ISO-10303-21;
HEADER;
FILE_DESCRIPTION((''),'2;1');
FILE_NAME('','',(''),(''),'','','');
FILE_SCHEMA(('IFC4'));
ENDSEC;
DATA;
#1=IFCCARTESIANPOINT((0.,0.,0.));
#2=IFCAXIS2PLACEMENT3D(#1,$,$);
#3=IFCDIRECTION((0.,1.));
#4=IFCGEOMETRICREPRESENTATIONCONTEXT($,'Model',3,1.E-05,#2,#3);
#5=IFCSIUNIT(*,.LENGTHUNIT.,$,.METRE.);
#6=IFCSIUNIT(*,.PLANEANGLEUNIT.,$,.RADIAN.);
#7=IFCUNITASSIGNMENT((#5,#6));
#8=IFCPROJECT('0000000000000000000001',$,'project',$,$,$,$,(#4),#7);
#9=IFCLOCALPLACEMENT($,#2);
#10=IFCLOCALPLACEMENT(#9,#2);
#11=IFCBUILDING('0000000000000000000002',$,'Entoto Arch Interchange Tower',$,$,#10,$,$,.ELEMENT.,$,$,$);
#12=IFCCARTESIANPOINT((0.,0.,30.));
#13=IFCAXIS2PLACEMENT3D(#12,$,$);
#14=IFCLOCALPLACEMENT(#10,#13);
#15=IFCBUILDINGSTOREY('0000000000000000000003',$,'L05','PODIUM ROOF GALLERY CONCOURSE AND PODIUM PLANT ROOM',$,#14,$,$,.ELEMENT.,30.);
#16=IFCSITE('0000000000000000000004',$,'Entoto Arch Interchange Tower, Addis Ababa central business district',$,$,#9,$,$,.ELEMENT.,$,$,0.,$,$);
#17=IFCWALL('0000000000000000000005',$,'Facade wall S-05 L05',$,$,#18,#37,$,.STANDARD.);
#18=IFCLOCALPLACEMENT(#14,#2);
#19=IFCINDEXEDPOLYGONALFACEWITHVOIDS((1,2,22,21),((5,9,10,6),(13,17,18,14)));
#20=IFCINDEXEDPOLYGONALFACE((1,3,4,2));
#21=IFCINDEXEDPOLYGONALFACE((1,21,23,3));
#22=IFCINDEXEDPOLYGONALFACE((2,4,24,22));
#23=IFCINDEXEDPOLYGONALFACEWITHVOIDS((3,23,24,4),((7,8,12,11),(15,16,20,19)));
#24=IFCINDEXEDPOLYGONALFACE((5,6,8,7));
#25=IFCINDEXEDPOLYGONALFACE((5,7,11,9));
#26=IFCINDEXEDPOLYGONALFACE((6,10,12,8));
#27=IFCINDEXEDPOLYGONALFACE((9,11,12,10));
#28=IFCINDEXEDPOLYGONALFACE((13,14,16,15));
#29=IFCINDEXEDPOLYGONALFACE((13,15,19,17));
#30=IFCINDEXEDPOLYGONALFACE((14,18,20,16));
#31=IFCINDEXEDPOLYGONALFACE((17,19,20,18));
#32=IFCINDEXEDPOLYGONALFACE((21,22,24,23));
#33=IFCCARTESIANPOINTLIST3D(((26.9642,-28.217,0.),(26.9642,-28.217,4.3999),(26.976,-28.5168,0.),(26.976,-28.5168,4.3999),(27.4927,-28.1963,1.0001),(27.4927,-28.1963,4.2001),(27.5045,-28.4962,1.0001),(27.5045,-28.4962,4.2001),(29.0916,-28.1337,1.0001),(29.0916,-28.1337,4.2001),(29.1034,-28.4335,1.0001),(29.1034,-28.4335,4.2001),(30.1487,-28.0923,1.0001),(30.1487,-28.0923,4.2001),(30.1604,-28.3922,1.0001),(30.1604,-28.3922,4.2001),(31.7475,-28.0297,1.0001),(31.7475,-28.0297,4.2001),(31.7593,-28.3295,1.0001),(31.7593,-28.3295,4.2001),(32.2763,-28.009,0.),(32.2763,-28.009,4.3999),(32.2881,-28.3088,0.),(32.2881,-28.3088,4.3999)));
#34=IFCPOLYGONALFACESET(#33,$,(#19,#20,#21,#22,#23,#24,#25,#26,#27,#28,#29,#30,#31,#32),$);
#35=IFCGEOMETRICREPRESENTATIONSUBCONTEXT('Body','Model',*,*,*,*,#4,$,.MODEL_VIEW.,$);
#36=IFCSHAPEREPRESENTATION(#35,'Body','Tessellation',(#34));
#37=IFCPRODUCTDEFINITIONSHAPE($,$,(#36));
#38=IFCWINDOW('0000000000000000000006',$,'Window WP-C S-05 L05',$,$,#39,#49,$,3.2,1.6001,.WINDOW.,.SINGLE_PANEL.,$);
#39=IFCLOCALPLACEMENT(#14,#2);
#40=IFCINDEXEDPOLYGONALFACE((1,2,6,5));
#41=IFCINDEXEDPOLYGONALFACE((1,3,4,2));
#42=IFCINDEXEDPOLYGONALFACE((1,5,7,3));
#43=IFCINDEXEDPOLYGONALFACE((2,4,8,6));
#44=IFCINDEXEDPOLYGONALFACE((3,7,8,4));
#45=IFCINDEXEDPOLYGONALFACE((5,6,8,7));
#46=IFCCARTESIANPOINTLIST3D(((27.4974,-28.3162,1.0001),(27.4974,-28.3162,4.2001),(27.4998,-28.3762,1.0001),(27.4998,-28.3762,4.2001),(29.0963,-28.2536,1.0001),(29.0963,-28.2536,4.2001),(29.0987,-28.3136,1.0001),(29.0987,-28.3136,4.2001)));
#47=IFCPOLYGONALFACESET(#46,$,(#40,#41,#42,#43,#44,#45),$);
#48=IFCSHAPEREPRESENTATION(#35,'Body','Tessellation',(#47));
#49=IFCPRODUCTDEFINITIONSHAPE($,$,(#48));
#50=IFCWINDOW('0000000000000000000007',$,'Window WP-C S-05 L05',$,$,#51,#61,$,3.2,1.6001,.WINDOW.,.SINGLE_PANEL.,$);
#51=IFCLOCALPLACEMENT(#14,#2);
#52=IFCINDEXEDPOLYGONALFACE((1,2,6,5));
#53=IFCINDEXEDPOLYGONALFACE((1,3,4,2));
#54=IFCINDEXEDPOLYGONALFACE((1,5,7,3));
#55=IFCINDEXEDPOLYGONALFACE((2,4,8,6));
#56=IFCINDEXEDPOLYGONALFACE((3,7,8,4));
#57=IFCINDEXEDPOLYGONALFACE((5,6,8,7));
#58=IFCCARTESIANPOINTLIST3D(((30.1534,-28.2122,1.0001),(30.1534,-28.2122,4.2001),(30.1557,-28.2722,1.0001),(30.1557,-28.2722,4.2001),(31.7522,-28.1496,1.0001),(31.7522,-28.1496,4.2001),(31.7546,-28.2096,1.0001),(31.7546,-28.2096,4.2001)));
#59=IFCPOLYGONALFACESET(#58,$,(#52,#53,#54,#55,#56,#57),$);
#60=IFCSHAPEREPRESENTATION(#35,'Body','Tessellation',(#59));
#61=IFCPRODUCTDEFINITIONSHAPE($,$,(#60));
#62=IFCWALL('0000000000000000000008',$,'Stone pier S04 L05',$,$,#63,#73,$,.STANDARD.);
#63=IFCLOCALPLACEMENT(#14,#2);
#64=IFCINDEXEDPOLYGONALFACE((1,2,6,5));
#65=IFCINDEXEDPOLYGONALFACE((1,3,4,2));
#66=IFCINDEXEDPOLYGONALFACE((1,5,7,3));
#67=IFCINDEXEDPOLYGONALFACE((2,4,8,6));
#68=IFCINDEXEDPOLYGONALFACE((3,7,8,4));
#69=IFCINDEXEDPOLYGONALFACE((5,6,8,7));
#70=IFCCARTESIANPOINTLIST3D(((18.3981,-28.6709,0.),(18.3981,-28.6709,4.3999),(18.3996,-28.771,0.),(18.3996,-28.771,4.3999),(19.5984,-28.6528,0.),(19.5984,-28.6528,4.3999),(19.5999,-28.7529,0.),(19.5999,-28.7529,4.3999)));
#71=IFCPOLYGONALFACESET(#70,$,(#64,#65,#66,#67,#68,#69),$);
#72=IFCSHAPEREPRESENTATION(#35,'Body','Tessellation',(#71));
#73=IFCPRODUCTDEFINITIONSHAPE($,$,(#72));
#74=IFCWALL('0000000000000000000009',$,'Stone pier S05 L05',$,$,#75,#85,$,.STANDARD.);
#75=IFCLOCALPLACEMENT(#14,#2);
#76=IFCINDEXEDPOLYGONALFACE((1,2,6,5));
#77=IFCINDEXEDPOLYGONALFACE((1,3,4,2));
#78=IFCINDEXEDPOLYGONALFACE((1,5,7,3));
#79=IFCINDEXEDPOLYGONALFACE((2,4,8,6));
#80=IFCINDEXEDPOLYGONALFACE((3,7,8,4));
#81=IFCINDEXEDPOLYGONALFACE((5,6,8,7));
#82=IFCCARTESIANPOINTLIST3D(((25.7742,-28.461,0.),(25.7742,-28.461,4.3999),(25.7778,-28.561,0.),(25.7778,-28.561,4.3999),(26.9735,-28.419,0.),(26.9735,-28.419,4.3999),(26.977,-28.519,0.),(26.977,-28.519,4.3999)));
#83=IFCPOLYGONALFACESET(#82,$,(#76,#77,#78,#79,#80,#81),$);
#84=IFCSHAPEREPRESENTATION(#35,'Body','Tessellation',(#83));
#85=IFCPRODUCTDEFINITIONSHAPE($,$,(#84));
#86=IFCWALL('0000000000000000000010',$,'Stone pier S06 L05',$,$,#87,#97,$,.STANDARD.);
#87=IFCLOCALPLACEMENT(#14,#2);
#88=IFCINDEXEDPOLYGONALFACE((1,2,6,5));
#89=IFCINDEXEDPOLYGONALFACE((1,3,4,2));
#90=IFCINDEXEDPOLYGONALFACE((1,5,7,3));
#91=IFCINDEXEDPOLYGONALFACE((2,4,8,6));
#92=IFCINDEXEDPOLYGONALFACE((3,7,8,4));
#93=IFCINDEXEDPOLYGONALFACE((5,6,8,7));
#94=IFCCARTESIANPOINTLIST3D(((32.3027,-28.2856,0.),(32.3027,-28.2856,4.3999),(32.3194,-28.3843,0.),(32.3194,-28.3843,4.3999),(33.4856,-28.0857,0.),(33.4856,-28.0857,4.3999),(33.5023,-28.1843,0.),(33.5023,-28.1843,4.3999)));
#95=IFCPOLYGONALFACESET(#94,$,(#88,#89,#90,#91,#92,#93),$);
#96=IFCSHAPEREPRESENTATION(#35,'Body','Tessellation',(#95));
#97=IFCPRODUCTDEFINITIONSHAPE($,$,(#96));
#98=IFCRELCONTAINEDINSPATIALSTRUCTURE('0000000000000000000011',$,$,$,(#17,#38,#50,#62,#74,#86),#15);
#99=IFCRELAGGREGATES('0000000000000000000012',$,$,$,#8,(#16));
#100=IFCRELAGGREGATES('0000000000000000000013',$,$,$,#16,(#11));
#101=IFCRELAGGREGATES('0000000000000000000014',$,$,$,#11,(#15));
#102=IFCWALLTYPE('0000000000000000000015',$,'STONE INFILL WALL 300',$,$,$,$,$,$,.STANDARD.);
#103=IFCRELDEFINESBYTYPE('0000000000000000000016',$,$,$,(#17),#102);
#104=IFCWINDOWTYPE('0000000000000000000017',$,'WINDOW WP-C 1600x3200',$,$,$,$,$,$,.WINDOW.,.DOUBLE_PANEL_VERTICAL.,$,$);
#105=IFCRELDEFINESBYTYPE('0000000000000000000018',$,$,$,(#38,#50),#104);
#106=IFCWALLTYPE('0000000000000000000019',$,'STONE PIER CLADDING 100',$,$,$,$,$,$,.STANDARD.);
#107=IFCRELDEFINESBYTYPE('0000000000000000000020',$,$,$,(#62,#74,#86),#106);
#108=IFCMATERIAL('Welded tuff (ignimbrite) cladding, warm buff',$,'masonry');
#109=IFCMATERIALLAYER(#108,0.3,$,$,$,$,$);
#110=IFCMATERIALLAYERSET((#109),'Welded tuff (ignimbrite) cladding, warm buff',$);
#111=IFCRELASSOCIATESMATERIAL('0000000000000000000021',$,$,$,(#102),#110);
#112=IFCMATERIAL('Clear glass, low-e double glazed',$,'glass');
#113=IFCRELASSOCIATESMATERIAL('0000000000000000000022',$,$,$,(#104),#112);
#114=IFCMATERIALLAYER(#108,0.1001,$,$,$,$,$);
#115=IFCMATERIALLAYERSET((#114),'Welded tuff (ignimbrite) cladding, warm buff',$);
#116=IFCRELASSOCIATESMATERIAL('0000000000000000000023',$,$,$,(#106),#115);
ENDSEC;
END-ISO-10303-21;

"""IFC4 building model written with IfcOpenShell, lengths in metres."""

from ifc_helpers import new_model, si_unit, direction, frame, frame_2d, origin, place, context, subcontext, project, spatial, rectangle, extrude, material, layer, layer_set, type_object, element, fill, save


model = new_model("IFC4")

# Units and contexts
model_context = context("Model", 3, precision=1e-05, world=origin(), true_north=direction((0.0, 1.0)))
body_context = subcontext(model_context, "Body", "Model", "MODEL_VIEW")
ifc_project = project(units=[si_unit("LENGTHUNIT", "METRE"), si_unit("PLANEANGLEUNIT", "RADIAN")], contexts=[model_context])

# Site, building, storey
site_placement = place(None, origin())
site = spatial("IfcSite", under=ifc_project, at=site_placement, Name="Entoto Arch Interchange Tower, Addis Ababa central business district", CompositionType="ELEMENT", RefElevation=0.0)
building_placement = place(site_placement, origin())
building = spatial("IfcBuilding", under=site, at=building_placement, Name="Entoto Arch Interchange Tower", CompositionType="ELEMENT")
storey_placement = place(building_placement, frame((0.0, 0.0, 30.0)))
storey = spatial("IfcBuildingStorey", under=building, at=storey_placement, Name="L05", Description="PODIUM ROOF GALLERY CONCOURSE AND PODIUM PLANT ROOM", CompositionType="ELEMENT", Elevation=30.0)

# Wall, openings, windows
ifc_material_1 = material(Name="Welded tuff (ignimbrite) cladding, warm buff", Category="masonry")
ifc_layer_1 = layer(ifc_material_1, 0.3)
ifc_layer_set_1 = layer_set([ifc_layer_1], Name="Welded tuff (ignimbrite) cladding, warm buff")
wall_type_1 = type_object("IfcWallType", Name="STONE INFILL WALL 300", PredefinedType="STANDARD", material=ifc_layer_set_1)
wall_1_placement = place(storey_placement, frame((26.97, -28.3669, 0.0), z_axis=(0.0, 0.0, 1.0), x_axis=(0.999234, 0.039128, 0.0)))
wall_1 = element("IfcWall", 1, at=wall_1_placement, inside=storey, type_object=wall_type_1, Name="Facade wall S-05 L05", PredefinedType="STANDARD", context=body_context, shape_type="SweptSolid", body=[
    extrude(rectangle(XDim=5.3162, YDim=0.3, at=frame_2d((2.6582, 0.0))), origin(), (0.0, 0.0, 1.0), 4.3999),
])
opening_1_placement = place(wall_1_placement, frame((0.5291, 0.0, 1.0)))
opening_1 = element("IfcOpeningElement", 2, at=opening_1_placement, cuts=wall_1, PredefinedType="OPENING", context=body_context, shape_type="SweptSolid", body=[
    extrude(rectangle(XDim=1.6001, YDim=3.2, at=frame_2d((0.8, 1.6001))), frame((0.0, 0.1602, 0.0), z_axis=(0.0, -1.0, 0.0), x_axis=(1.0, 0.0, 0.0)), (0.0, 0.0, 1.0), 0.3201),
])
opening_2_placement = place(wall_1_placement, frame((3.187, 0.0, 1.0)))
opening_2 = element("IfcOpeningElement", 3, at=opening_2_placement, cuts=wall_1, PredefinedType="OPENING", context=body_context, shape_type="SweptSolid", body=[
    extrude(rectangle(XDim=1.6001, YDim=3.2, at=frame_2d((0.8, 1.6001))), frame((0.0, 0.1602, 0.0), z_axis=(0.0, -1.0, 0.0), x_axis=(1.0, 0.0, 0.0)), (0.0, 0.0, 1.0), 0.3201),
])
ifc_material_2 = material(Name="Clear glass, low-e double glazed", Category="glass")
window_type = type_object("IfcWindowType", Name="WINDOW WP-C 1600x3200", PartitioningType="DOUBLE_PANEL_VERTICAL", PredefinedType="WINDOW", material=ifc_material_2)
window_1_placement = place(opening_1_placement, origin())
window_1 = element("IfcWindow", 4, at=window_1_placement, inside=storey, type_object=window_type, Name="Window WP-C S-05 L05", OverallHeight=3.2, OverallWidth=1.6001, PartitioningType="SINGLE_PANEL", PredefinedType="WINDOW", context=body_context, shape_type="SweptSolid", body=[
    extrude(rectangle(XDim=1.6001, YDim=3.2, at=frame_2d((0.8, 1.6001))), frame((0.0, 0.03, 0.0), z_axis=(0.0, -1.0, 0.0), x_axis=(1.0, 0.0, 0.0)), (0.0, 0.0, 1.0), 0.0601),
])
fill(opening_1, window_1)
window_2_placement = place(opening_2_placement, origin())
window_2 = element("IfcWindow", 5, at=window_2_placement, inside=storey, type_object=window_type, Name="Window WP-C S-05 L05", OverallHeight=3.2, OverallWidth=1.6001, PartitioningType="SINGLE_PANEL", PredefinedType="WINDOW", context=body_context, shape_type="SweptSolid", body=[
    extrude(rectangle(XDim=1.6001, YDim=3.2, at=frame_2d((0.8, 1.6001))), frame((0.0, 0.03, 0.0), z_axis=(0.0, -1.0, 0.0), x_axis=(1.0, 0.0, 0.0)), (0.0, 0.0, 1.0), 0.0601),
])
fill(opening_2, window_2)

# Walls
ifc_layer_2 = layer(ifc_material_1, 0.1001)
ifc_layer_set_2 = layer_set([ifc_layer_2], Name="Welded tuff (ignimbrite) cladding, warm buff")
wall_type_2 = type_object("IfcWallType", Name="STONE PIER CLADDING 100", PredefinedType="STANDARD", material=ifc_layer_set_2)
wall_2_placement = place(storey_placement, frame((18.3989, -28.7209, 0.0), z_axis=(0.0, 0.0, 1.0), x_axis=(0.999887, 0.015051, 0.0)))
element("IfcWall", 6, at=wall_2_placement, inside=storey, type_object=wall_type_2, Name="Stone pier S04 L05", PredefinedType="STANDARD", context=body_context, shape_type="SweptSolid", body=[
    extrude(rectangle(XDim=1.2004, YDim=0.1001, at=frame_2d((0.6001, 0.0))), origin(), (0.0, 0.0, 1.0), 4.3999),
])
wall_3_placement = place(storey_placement, frame((25.7759, -28.511, 0.0), z_axis=(0.0, 0.0, 1.0), x_axis=(0.999387, 0.034995, 0.0)))
element("IfcWall", 7, at=wall_3_placement, inside=storey, type_object=wall_type_2, Name="Stone pier S05 L05", PredefinedType="STANDARD", context=body_context, shape_type="SweptSolid", body=[
    extrude(rectangle(XDim=1.2, YDim=0.1001, at=frame_2d((0.6001, 0.0))), origin(), (0.0, 0.0, 1.0), 4.3999),
])
wall_4_placement = place(storey_placement, frame((32.311, -28.335, 0.0), z_axis=(0.0, 0.0, 1.0), x_axis=(0.986012, 0.166676, 0.0)))
element("IfcWall", 8, at=wall_4_placement, inside=storey, type_object=wall_type_2, Name="Stone pier S06 L05", PredefinedType="STANDARD", context=body_context, shape_type="SweptSolid", body=[
    extrude(rectangle(XDim=1.1997, YDim=0.1001, at=frame_2d((0.5999, 0.0))), origin(), (0.0, 0.0, 1.0), 4.3999),
])

save(model, "model.ifc")
